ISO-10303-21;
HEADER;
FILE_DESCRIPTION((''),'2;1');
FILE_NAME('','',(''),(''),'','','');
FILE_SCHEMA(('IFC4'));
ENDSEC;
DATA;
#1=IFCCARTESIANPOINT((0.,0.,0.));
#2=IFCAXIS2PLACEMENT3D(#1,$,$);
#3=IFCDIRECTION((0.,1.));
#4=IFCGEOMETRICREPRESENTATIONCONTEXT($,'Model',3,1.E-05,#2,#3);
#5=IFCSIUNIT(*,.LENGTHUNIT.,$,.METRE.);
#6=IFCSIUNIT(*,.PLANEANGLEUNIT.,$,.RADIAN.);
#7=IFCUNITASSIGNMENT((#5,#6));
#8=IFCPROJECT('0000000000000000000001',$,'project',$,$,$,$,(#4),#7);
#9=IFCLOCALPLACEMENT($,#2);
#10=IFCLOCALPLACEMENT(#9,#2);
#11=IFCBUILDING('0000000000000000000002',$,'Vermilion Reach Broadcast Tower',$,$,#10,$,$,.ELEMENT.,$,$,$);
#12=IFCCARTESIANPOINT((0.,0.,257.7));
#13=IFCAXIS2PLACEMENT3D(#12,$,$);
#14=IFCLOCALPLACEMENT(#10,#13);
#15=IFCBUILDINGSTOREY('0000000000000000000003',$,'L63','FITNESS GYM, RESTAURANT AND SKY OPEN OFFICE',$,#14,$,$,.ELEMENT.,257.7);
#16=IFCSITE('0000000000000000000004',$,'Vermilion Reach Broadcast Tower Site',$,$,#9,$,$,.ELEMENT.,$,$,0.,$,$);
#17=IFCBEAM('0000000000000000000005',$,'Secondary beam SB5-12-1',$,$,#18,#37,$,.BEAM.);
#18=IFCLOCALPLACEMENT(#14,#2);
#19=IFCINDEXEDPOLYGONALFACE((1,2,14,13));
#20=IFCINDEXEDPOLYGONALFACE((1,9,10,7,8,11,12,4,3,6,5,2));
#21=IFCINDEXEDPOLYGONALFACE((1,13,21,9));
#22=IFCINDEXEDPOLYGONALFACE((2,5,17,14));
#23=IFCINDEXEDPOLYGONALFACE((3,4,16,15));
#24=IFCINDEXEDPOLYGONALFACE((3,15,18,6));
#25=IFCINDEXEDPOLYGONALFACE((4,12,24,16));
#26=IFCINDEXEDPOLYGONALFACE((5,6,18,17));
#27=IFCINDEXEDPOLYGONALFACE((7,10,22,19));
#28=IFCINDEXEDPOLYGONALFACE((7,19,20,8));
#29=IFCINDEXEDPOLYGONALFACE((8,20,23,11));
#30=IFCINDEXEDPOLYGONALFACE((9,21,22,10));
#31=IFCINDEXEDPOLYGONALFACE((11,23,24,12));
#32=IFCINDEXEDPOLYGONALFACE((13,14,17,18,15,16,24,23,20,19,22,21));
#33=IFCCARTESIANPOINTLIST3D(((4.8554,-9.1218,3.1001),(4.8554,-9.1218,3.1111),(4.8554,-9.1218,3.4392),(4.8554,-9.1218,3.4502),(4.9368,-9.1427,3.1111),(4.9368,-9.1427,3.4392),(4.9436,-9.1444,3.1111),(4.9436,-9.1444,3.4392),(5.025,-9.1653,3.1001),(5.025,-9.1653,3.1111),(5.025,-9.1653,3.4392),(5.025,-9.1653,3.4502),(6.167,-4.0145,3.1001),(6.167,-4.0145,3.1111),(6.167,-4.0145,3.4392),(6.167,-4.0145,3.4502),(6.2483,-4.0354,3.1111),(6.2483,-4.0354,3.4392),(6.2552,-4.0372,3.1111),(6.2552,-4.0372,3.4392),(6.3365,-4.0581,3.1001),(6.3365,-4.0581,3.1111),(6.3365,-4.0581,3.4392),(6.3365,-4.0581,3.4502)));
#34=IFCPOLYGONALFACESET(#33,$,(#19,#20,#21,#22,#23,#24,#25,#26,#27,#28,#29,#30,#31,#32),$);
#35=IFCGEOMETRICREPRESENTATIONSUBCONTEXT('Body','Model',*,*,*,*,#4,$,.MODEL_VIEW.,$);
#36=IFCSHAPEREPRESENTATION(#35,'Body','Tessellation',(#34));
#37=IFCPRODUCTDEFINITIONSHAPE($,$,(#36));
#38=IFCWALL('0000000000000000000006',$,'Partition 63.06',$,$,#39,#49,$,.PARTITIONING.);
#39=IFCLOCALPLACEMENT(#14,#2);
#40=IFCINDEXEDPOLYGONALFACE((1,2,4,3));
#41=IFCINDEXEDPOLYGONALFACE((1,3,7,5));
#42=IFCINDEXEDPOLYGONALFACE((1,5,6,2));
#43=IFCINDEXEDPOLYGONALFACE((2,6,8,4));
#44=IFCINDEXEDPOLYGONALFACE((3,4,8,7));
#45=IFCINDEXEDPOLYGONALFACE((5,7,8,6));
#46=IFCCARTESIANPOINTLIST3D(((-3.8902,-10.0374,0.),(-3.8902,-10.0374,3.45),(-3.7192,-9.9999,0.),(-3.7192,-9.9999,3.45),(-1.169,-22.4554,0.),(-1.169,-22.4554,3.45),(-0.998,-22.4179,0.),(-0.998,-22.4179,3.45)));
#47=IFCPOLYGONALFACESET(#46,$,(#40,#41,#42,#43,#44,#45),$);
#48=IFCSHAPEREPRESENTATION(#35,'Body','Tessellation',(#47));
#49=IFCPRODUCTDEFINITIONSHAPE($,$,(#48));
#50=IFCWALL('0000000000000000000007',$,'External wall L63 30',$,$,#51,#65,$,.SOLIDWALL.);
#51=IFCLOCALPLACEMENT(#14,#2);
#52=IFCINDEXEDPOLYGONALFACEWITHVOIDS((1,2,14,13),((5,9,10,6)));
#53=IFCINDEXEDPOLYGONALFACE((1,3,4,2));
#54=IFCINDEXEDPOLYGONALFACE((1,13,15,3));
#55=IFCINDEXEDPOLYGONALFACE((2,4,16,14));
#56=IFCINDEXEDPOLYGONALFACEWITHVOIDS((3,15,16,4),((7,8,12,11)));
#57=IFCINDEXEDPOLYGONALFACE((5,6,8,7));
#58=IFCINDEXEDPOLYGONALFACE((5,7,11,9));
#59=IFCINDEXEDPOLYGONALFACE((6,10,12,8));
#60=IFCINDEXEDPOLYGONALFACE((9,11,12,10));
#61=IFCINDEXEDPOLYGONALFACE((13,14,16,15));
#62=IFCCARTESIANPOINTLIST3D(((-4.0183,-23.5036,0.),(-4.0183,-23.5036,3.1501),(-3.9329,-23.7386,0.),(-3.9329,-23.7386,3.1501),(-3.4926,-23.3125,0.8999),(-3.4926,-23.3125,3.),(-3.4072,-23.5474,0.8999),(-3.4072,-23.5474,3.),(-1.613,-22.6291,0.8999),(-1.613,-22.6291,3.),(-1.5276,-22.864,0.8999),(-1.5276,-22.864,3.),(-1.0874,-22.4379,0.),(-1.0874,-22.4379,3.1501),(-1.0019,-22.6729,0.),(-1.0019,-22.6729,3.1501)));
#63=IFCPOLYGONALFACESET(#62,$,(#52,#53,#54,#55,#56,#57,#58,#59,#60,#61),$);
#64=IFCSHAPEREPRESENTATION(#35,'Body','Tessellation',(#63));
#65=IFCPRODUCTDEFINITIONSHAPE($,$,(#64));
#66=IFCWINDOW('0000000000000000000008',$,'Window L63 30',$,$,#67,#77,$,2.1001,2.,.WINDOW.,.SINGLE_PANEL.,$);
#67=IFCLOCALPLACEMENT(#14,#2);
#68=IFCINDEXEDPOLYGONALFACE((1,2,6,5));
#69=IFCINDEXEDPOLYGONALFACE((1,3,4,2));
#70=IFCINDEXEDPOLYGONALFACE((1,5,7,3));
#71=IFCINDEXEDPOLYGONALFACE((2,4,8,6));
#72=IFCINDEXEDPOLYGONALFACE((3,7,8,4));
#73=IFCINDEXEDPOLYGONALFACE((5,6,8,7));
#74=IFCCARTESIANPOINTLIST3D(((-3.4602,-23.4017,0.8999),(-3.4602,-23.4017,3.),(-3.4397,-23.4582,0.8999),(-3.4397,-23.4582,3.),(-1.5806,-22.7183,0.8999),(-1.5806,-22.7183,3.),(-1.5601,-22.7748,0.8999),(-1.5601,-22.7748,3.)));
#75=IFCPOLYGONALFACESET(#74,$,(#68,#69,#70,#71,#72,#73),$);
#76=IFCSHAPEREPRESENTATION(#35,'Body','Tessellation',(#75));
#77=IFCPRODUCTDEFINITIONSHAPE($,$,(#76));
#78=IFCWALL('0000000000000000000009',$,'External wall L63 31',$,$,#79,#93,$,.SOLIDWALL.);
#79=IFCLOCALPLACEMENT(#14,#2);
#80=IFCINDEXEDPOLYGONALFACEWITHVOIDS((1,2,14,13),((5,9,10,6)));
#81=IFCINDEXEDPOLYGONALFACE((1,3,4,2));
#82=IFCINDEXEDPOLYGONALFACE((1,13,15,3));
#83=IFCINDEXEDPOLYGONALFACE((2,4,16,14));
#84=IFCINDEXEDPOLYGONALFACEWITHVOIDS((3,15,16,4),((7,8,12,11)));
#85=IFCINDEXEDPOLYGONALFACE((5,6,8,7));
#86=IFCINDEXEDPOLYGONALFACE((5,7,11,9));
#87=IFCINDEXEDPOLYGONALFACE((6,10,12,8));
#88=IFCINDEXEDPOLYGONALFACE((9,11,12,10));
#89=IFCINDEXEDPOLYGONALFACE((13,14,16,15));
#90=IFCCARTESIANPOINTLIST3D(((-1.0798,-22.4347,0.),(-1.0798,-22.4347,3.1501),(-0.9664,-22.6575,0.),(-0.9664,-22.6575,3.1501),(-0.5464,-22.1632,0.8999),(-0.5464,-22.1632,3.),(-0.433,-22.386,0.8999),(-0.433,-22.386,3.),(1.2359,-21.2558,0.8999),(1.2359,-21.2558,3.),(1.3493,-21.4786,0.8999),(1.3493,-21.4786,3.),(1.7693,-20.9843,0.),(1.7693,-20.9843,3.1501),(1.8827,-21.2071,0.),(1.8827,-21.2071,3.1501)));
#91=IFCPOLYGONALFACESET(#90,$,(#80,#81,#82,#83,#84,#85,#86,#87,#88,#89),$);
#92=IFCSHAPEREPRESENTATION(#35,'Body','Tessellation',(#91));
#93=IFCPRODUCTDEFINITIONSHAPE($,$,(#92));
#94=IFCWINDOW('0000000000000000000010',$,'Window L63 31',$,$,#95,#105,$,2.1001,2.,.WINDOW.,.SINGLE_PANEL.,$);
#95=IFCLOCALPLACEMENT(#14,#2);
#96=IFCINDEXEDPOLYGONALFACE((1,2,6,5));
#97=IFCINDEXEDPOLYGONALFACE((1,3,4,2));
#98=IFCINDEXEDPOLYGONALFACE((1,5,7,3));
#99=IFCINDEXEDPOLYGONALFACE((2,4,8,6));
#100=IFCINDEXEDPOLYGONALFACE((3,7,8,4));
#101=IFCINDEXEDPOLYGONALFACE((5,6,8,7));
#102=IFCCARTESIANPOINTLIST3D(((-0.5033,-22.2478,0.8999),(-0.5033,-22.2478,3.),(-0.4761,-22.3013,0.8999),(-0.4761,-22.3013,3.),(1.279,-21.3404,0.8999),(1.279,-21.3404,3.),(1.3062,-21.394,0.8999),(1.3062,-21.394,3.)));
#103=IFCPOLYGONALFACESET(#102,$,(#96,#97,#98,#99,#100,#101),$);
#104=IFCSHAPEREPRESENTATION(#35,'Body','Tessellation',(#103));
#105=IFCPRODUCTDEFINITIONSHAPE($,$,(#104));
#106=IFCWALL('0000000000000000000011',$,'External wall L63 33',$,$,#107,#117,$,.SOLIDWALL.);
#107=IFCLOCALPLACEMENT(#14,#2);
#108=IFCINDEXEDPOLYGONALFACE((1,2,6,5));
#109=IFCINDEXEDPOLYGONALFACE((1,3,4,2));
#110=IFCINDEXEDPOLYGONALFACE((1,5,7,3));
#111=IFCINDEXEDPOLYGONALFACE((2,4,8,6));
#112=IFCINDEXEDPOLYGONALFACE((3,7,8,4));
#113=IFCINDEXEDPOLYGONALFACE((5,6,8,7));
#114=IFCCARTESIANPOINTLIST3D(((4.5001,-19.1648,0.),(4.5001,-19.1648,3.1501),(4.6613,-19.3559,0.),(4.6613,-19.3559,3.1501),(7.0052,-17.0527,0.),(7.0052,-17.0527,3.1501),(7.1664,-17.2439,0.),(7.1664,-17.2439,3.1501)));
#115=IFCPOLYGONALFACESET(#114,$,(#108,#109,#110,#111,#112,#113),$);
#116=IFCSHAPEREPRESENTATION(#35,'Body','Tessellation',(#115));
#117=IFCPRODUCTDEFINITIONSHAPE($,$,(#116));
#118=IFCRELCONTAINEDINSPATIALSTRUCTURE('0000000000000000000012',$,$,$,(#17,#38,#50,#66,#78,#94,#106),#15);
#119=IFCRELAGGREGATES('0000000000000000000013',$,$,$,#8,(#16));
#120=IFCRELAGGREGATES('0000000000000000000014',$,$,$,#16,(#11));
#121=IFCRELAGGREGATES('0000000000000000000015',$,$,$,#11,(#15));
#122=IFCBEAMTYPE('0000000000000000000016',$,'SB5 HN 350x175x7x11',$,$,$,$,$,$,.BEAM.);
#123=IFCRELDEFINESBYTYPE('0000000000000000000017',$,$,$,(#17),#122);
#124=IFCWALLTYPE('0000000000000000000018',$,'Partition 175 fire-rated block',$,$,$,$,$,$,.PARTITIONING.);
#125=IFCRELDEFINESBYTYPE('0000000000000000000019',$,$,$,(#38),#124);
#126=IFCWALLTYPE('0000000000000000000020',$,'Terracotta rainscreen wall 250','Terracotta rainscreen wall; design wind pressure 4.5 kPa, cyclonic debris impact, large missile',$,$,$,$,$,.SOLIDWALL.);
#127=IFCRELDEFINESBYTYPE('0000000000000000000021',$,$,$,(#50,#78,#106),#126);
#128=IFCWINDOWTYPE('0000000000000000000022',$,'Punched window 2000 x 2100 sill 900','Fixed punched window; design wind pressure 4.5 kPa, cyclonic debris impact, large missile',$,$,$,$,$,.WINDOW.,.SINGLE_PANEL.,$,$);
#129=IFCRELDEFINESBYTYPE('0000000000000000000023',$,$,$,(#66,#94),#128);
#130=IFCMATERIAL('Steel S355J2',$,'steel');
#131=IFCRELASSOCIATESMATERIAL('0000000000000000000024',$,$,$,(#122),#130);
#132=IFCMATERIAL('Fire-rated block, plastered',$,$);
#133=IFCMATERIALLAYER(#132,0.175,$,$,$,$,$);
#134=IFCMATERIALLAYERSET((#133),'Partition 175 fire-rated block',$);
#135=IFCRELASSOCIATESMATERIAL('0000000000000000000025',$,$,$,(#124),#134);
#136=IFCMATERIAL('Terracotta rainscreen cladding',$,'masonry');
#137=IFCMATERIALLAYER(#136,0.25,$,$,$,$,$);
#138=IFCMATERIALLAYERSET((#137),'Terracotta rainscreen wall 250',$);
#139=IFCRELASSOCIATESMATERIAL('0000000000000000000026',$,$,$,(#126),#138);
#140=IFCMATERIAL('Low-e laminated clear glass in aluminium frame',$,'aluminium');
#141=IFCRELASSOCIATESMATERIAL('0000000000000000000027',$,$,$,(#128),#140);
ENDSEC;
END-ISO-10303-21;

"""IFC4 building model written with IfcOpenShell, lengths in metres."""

from ifc_helpers import new_model, si_unit, direction, frame, frame_2d, origin, origin_2d, place, context, subcontext, project, spatial, rectangle, i_section, extrude, material, layer, layer_set, material_profile, profile_set, type_object, element, fill, save


model = new_model("IFC4")

# Units and contexts
model_context = context("Model", 3, precision=1e-05, world=origin(), true_north=direction((0.0, 1.0)))
body_context = subcontext(model_context, "Body", "Model", "MODEL_VIEW")
ifc_project = project(units=[si_unit("LENGTHUNIT", "METRE"), si_unit("PLANEANGLEUNIT", "RADIAN")], contexts=[model_context])

# Site, building, storey
site_placement = place(None, origin())
site = spatial("IfcSite", under=ifc_project, at=site_placement, Name="Vermilion Reach Broadcast Tower Site", CompositionType="ELEMENT", RefElevation=0.0)
building_placement = place(site_placement, origin())
building = spatial("IfcBuilding", under=site, at=building_placement, Name="Vermilion Reach Broadcast Tower", CompositionType="ELEMENT")
storey_placement = place(building_placement, frame((0.0, 0.0, 257.7)))
storey = spatial("IfcBuildingStorey", under=building, at=storey_placement, Name="L63", Description="FITNESS GYM, RESTAURANT AND SKY OPEN OFFICE", CompositionType="ELEMENT", Elevation=257.7)

# Beam
ifc_material_1 = material(Name="Steel S355J2", Category="steel")
ifc_material_profile_1 = material_profile(ifc_material_1, i_section(OverallWidth=0.175, OverallDepth=0.3501, WebThickness=0.0071, FlangeThickness=0.011, at=origin_2d()), Name="S355J2 HN 350x175x7x11")
ifc_profile_set_1 = profile_set([ifc_material_profile_1], Name="Steel S355J2")
beam_type_1 = type_object("IfcBeamType", Name="SB5 HN 350x175x7x11", PredefinedType="BEAM", material=ifc_profile_set_1)
beam_1_placement = place(storey_placement, frame((4.9402, -9.1436, 3.2751), z_axis=(0.24873, 0.968573, 0.0), x_axis=(-0.968573, 0.24873, 0.0)))
element("IfcBeam", 1, at=beam_1_placement, inside=storey, type_object=beam_type_1, Name="Secondary beam SB5-12-1", PredefinedType="BEAM", context=body_context, shape_type="SweptSolid", body=[
    extrude(i_section(OverallWidth=0.175, OverallDepth=0.3501, WebThickness=0.0071, FlangeThickness=0.011, at=origin_2d()), origin(), (0.0, 0.0, 1.0), 5.2729),
])

# Wall
ifc_material_2 = material(Name="Fire-rated block, plastered")
ifc_layer_1 = layer(ifc_material_2, 0.175)
ifc_layer_set_1 = layer_set([ifc_layer_1], Name="Partition 175 fire-rated block")
wall_type_1 = type_object("IfcWallType", Name="Partition 175 fire-rated block", PredefinedType="PARTITIONING", material=ifc_layer_set_1)
wall_1_placement = place(storey_placement, frame((-1.0835, -22.4368, 0.0), z_axis=(0.0, 0.0, 1.0), x_axis=(-0.214054, 0.976822, 0.0)))
element("IfcWall", 2, at=wall_1_placement, inside=storey, type_object=wall_type_1, Name="Partition 63.06", PredefinedType="PARTITIONING", context=body_context, shape_type="SweptSolid", body=[
    extrude(rectangle(XDim=12.7126, YDim=0.175, at=frame_2d((6.3564, 0.0))), origin(), (0.0, 0.0, 1.0), 3.45),
])

# Walls, openings, windows
ifc_material_3 = material(Name="Terracotta rainscreen cladding", Category="masonry")
ifc_layer_2 = layer(ifc_material_3, 0.25)
ifc_layer_set_2 = layer_set([ifc_layer_2], Name="Terracotta rainscreen wall 250")
wall_type_2 = type_object("IfcWallType", Name="Terracotta rainscreen wall 250", Description="Terracotta rainscreen wall; design wind pressure 4.5 kPa, cyclonic debris impact, large missile", PredefinedType="SOLIDWALL", material=ifc_layer_set_2)
wall_2_placement = place(storey_placement, frame((-3.9756, -23.6211, 0.0), z_axis=(0.0, 0.0, 1.0), x_axis=(0.939805, 0.341712, 0.0)))
wall_2 = element("IfcWall", 3, at=wall_2_placement, inside=storey, type_object=wall_type_2, Name="External wall L63 30", PredefinedType="SOLIDWALL", context=body_context, shape_type="SweptSolid", body=[
    extrude(rectangle(XDim=3.1187, YDim=0.25, at=frame_2d((1.5593, 0.0))), origin(), (0.0, 0.0, 1.0), 3.1501),
])
opening_1_placement = place(wall_2_placement, frame((0.5593, 0.0, 0.8999)))
opening_1 = element("IfcOpeningElement", 4, at=opening_1_placement, cuts=wall_2, PredefinedType="OPENING", context=body_context, shape_type="SweptSolid", body=[
    extrude(rectangle(XDim=2.0, YDim=2.1001, at=frame_2d((1.0, 1.05))), frame((0.0, 0.135, 0.0), z_axis=(0.0, -1.0, 0.0), x_axis=(1.0, 0.0, 0.0)), (0.0, 0.0, 1.0), 0.27),
])
ifc_material_4 = material(Name="Low-e laminated clear glass in aluminium frame", Category="aluminium")
window_type = type_object("IfcWindowType", Name="Punched window 2000 x 2100 sill 900", Description="Fixed punched window; design wind pressure 4.5 kPa, cyclonic debris impact, large missile", PartitioningType="SINGLE_PANEL", PredefinedType="WINDOW", material=ifc_material_4)
window_1_placement = place(opening_1_placement, origin())
window_1 = element("IfcWindow", 5, at=window_1_placement, inside=storey, type_object=window_type, Name="Window L63 30", OverallHeight=2.1001, OverallWidth=2.0, PartitioningType="SINGLE_PANEL", PredefinedType="WINDOW", context=body_context, shape_type="SweptSolid", body=[
    extrude(rectangle(XDim=2.0, YDim=2.1001, at=frame_2d((1.0, 1.05))), frame((0.0, 0.03, 0.0), z_axis=(0.0, -1.0, 0.0), x_axis=(1.0, 0.0, 0.0)), (0.0, 0.0, 1.0), 0.0601),
])
fill(opening_1, window_1)
wall_3_placement = place(storey_placement, frame((-1.0232, -22.5461, 0.0), z_axis=(0.0, 0.0, 1.0), x_axis=(0.891166, 0.453678, 0.0)))
wall_3 = element("IfcWall", 6, at=wall_3_placement, inside=storey, type_object=wall_type_2, Name="External wall L63 31", PredefinedType="SOLIDWALL", context=body_context, shape_type="SweptSolid", body=[
    extrude(rectangle(XDim=3.197, YDim=0.25, at=frame_2d((1.5986, 0.0))), origin(), (0.0, 0.0, 1.0), 3.1501),
])
opening_2_placement = place(wall_3_placement, frame((0.5986, 0.0, 0.8999)))
opening_2 = element("IfcOpeningElement", 7, at=opening_2_placement, cuts=wall_3, PredefinedType="OPENING", context=body_context, shape_type="SweptSolid", body=[
    extrude(rectangle(XDim=2.0, YDim=2.1001, at=frame_2d((1.0, 1.05))), frame((0.0, 0.135, 0.0), z_axis=(0.0, -1.0, 0.0), x_axis=(1.0, 0.0, 0.0)), (0.0, 0.0, 1.0), 0.27),
])
window_2_placement = place(opening_2_placement, origin())
window_2 = element("IfcWindow", 8, at=window_2_placement, inside=storey, type_object=window_type, Name="Window L63 31", OverallHeight=2.1001, OverallWidth=2.0, PartitioningType="SINGLE_PANEL", PredefinedType="WINDOW", context=body_context, shape_type="SweptSolid", body=[
    extrude(rectangle(XDim=2.0, YDim=2.1001, at=frame_2d((1.0, 1.05))), frame((0.0, 0.03, 0.0), z_axis=(0.0, -1.0, 0.0), x_axis=(1.0, 0.0, 0.0)), (0.0, 0.0, 1.0), 0.0601),
])
fill(opening_2, window_2)

# Wall
wall_4_placement = place(storey_placement, frame((4.5808, -19.2603, 0.0), z_axis=(0.0, 0.0, 1.0), x_axis=(0.764538, 0.644578, 0.0)))
element("IfcWall", 9, at=wall_4_placement, inside=storey, type_object=wall_type_2, Name="External wall L63 33", PredefinedType="SOLIDWALL", context=body_context, shape_type="SweptSolid", body=[
    extrude(rectangle(XDim=3.2766, YDim=0.25, at=frame_2d((1.6382, 0.0))), origin(), (0.0, 0.0, 1.0), 3.1501),
])

save(model, "model.ifc")
